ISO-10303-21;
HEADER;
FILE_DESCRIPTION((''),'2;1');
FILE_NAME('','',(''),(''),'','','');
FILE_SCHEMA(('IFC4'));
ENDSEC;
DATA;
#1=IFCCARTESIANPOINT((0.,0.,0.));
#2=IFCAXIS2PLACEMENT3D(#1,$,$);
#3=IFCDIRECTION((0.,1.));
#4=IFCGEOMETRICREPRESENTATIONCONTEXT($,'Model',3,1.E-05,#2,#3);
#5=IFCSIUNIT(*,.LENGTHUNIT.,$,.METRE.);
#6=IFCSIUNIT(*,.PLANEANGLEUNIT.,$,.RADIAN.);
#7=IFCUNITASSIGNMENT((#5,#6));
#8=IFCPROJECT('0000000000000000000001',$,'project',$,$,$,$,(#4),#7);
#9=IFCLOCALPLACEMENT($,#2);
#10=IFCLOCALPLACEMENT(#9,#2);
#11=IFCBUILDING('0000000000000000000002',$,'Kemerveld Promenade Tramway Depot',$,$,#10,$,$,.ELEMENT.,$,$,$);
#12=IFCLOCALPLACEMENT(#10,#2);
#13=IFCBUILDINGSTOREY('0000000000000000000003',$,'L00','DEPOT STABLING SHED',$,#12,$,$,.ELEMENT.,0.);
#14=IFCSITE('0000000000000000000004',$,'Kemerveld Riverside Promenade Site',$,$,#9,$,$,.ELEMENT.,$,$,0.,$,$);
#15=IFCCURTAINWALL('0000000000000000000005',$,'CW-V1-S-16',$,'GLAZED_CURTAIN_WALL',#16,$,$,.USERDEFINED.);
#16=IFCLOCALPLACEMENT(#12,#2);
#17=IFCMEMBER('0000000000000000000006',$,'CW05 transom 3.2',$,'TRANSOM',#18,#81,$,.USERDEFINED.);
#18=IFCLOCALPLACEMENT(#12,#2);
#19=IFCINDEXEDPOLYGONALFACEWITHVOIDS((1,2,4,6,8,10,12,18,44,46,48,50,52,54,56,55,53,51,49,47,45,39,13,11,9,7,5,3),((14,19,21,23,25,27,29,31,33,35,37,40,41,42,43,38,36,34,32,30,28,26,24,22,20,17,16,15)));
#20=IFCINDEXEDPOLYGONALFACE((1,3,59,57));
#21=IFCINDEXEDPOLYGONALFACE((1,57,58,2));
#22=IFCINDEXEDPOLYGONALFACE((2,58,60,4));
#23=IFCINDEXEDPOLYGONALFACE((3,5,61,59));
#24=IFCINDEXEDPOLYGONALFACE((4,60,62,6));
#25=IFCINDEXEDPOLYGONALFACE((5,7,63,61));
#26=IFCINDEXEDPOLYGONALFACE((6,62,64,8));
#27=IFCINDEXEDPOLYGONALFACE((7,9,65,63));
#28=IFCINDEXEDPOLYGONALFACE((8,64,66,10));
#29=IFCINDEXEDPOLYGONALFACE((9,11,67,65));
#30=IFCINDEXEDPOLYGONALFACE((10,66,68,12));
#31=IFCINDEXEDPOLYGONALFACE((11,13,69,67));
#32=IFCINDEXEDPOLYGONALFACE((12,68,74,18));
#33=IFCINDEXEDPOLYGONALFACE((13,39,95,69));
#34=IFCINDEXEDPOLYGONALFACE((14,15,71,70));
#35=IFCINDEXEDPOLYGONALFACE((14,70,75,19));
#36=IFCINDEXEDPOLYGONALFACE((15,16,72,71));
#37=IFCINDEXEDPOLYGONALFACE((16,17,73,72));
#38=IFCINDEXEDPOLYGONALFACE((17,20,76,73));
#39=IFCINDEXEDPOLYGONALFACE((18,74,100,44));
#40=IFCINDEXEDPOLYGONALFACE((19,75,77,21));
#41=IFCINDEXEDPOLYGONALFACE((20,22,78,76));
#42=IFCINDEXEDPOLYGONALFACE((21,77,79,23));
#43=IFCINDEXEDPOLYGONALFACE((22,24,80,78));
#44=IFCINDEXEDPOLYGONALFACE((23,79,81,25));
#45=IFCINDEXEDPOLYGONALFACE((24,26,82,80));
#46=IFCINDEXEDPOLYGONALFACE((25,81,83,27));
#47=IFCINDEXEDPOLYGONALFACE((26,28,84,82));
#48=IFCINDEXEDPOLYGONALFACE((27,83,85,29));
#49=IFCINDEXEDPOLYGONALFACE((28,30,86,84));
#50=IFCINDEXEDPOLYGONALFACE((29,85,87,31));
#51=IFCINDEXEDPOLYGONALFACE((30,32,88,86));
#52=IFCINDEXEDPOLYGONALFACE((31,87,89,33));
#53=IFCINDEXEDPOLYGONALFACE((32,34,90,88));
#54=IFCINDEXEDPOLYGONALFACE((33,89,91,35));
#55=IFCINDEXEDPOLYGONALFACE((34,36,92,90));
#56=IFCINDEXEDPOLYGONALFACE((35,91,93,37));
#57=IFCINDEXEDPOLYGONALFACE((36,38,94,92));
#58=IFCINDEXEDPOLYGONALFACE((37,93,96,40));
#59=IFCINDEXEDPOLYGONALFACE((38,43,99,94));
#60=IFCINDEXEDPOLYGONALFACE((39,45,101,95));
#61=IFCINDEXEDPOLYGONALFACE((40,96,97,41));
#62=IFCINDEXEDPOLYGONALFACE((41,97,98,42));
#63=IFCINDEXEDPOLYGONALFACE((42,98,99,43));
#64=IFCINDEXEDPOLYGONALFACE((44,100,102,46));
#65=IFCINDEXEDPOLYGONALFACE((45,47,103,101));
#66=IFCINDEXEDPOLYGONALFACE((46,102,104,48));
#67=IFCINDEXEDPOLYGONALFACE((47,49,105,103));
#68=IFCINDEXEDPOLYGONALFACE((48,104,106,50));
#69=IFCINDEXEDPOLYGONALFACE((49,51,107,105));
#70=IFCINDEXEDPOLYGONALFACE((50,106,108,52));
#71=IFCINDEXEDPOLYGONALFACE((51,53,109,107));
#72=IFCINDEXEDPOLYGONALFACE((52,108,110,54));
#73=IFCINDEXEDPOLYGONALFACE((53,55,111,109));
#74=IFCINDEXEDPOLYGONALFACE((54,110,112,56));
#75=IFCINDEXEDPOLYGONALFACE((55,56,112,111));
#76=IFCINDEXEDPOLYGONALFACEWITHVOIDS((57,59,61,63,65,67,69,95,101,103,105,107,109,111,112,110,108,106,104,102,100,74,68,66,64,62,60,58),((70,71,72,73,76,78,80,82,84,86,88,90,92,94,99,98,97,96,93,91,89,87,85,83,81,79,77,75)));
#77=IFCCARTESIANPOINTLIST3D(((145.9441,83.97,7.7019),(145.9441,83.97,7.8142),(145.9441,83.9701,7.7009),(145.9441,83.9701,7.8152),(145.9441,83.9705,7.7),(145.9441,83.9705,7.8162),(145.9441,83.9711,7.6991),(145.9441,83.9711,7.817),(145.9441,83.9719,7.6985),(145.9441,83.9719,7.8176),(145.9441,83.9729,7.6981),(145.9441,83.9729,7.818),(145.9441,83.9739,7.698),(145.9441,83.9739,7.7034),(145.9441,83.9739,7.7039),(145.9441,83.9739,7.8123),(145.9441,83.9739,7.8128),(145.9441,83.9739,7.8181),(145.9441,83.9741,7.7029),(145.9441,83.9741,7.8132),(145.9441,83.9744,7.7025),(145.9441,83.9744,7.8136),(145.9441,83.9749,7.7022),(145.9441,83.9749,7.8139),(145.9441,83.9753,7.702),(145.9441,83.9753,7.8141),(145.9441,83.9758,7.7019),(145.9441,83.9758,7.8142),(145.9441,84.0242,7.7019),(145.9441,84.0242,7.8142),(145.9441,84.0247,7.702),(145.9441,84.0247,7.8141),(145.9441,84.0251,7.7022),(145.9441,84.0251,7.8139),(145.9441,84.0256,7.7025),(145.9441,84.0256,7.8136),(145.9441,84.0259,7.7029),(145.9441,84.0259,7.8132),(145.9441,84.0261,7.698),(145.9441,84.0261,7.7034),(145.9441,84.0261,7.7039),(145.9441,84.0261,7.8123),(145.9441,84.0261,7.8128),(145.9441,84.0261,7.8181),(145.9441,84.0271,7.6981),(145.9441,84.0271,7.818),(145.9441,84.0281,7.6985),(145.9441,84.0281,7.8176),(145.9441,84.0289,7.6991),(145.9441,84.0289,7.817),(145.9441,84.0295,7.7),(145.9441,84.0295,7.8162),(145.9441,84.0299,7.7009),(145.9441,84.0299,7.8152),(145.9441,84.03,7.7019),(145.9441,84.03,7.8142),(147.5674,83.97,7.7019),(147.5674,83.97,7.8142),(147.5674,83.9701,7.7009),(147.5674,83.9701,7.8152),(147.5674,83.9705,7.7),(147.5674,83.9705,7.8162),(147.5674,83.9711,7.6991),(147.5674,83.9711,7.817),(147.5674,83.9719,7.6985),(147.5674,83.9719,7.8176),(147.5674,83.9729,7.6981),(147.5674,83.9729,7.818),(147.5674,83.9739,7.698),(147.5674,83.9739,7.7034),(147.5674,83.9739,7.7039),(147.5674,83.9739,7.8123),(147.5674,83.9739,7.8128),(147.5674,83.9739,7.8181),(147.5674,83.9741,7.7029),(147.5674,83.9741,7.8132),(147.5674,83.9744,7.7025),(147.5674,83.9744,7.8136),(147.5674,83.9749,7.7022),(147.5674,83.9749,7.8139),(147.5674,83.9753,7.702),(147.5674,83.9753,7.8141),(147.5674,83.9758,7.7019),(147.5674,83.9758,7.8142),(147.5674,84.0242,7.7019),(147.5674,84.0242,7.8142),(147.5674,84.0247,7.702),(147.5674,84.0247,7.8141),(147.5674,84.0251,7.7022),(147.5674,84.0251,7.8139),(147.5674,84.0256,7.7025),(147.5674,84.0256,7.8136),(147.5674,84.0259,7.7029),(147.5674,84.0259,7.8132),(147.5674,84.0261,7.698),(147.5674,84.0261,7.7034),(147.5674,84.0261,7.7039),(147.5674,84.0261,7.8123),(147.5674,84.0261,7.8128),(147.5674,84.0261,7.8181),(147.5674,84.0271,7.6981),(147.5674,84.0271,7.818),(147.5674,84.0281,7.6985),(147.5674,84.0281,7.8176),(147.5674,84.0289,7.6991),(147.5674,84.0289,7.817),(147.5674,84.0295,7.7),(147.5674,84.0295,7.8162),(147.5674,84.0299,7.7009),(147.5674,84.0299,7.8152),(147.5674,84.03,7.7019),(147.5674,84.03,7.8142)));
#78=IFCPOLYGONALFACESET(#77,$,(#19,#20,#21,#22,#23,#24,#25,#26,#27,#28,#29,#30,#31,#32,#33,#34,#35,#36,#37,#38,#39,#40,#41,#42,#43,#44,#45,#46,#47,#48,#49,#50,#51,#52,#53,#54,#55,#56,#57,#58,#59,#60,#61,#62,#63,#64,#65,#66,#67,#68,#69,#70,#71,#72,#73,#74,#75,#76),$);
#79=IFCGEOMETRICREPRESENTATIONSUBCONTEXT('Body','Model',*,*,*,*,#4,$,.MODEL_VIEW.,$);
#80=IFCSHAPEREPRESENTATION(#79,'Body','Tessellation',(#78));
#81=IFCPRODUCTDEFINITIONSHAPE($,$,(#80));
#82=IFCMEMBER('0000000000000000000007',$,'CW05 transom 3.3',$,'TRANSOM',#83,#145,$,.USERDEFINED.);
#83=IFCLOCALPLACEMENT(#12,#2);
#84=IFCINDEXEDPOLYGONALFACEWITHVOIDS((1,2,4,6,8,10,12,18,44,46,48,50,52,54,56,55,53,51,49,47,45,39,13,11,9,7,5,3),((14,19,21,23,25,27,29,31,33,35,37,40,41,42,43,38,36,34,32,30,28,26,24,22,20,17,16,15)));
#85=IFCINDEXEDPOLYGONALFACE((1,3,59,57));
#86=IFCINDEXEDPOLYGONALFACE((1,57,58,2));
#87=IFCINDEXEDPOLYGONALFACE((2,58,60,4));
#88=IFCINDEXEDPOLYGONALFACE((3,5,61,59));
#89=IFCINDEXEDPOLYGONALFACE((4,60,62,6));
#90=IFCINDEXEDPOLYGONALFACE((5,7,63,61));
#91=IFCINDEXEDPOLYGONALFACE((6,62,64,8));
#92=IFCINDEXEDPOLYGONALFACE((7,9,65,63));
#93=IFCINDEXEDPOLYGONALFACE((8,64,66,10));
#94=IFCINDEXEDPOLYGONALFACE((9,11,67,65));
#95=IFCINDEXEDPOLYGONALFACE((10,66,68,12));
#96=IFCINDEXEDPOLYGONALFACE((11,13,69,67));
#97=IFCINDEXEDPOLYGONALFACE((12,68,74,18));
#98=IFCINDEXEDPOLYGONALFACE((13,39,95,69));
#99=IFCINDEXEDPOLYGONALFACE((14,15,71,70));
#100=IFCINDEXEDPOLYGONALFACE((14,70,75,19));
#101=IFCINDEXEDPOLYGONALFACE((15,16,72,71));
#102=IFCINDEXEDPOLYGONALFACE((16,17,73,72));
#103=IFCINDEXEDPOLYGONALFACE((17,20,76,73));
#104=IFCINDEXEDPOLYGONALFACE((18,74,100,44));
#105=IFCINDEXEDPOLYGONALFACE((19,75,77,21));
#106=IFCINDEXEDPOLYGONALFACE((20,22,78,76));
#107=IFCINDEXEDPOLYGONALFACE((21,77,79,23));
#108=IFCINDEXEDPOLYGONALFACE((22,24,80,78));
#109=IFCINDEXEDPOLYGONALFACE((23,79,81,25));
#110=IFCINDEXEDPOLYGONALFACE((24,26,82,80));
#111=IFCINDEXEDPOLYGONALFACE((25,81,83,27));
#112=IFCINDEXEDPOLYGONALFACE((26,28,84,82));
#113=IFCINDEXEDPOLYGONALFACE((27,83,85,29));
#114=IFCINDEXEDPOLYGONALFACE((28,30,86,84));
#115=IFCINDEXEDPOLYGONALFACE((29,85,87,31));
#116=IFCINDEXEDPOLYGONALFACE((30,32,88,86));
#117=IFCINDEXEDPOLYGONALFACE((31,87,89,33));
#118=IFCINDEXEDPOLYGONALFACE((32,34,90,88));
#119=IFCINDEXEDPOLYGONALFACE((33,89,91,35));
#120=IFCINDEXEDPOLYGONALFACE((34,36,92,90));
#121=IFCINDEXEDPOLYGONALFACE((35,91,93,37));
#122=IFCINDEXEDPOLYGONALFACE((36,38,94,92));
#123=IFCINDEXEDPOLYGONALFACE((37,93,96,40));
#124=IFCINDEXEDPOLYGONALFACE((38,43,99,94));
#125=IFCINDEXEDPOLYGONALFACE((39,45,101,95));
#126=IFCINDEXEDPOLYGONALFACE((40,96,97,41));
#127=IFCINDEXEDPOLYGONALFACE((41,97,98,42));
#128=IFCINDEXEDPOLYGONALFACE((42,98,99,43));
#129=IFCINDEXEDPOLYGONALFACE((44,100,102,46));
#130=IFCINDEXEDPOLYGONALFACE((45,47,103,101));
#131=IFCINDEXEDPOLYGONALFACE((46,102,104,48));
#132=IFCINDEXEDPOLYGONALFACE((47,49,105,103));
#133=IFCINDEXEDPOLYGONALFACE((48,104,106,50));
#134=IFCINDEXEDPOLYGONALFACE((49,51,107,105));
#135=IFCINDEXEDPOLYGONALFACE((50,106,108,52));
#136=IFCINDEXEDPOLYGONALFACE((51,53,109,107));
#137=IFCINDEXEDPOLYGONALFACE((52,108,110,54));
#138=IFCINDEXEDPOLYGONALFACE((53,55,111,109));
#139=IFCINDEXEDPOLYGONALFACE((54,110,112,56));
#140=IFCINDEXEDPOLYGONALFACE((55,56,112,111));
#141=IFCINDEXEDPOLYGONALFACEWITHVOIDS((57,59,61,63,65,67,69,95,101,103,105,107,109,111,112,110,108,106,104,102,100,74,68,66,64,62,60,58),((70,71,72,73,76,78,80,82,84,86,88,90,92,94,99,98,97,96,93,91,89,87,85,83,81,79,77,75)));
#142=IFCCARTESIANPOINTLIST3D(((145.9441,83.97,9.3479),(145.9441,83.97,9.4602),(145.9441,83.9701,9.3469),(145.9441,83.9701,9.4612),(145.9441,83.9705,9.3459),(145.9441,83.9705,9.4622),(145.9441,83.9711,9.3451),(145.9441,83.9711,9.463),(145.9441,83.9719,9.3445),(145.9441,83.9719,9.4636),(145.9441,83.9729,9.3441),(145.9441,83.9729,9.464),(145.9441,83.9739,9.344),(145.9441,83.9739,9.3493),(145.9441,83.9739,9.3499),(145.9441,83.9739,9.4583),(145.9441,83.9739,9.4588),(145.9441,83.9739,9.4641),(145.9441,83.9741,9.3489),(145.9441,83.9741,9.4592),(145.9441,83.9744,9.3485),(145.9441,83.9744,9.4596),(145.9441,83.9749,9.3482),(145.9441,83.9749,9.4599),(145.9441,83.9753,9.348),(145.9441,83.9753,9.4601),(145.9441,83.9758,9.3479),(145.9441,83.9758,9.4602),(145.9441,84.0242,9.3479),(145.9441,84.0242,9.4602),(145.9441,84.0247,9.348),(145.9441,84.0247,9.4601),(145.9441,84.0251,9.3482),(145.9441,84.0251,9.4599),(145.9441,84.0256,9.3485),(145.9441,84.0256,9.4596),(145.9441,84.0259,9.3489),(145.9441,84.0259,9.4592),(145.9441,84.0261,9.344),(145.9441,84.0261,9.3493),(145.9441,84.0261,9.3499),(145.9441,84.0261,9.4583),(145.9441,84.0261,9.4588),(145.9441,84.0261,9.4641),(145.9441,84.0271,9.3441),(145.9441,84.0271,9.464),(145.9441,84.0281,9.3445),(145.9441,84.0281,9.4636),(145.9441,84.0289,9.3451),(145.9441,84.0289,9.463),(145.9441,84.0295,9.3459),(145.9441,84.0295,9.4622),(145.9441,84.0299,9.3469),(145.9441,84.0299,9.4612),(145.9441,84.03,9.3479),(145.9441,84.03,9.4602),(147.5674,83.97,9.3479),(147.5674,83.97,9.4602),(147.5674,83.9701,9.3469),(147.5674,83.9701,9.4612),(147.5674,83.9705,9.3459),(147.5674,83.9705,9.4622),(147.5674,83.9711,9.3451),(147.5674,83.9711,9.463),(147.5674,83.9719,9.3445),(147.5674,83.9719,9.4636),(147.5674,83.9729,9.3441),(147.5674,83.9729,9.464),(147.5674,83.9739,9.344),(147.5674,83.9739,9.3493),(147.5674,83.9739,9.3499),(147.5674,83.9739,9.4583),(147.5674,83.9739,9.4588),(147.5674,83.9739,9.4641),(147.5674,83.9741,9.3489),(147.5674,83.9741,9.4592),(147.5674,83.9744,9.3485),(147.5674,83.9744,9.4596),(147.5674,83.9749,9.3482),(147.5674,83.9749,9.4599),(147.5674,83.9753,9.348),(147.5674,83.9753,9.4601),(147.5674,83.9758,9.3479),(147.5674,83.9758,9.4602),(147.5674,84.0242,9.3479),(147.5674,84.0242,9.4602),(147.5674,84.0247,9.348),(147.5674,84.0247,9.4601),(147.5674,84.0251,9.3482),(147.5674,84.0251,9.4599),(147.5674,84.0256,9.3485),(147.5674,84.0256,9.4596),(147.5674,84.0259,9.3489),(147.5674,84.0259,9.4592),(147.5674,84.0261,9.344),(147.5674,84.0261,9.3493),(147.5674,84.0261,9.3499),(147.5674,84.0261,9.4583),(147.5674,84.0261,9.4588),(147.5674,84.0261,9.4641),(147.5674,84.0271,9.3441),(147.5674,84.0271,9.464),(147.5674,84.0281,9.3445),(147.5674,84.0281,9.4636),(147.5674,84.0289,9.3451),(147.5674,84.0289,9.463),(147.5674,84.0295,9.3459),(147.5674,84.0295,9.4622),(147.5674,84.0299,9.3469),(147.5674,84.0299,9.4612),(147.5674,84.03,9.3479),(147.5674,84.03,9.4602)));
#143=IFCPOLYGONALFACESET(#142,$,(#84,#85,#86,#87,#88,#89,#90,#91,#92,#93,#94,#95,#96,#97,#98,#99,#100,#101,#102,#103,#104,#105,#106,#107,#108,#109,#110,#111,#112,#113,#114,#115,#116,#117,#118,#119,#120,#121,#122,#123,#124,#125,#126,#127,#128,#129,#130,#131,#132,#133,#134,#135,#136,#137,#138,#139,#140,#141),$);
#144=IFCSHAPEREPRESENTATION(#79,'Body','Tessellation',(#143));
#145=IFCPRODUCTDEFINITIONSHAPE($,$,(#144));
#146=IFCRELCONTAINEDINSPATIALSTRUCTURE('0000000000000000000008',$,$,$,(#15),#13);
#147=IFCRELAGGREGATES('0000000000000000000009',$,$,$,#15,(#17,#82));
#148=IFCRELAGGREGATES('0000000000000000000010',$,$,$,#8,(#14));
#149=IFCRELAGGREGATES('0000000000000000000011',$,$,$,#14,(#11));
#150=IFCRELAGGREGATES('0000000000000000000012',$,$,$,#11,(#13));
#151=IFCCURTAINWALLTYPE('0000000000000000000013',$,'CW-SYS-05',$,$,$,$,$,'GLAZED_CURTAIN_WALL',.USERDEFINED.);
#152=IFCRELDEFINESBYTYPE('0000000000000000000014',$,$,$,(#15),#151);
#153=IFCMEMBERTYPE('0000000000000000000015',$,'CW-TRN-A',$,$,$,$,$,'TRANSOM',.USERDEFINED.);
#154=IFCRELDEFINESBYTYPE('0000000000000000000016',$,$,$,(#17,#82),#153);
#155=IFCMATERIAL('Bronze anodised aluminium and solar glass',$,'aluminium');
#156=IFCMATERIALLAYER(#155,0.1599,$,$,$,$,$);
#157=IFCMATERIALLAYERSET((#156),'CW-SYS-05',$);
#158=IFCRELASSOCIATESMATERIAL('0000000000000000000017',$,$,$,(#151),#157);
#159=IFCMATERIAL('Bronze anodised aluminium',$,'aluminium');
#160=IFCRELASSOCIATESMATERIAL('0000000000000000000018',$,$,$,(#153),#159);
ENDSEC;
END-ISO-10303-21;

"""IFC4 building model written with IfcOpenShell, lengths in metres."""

from ifc_helpers import new_model, si_unit, direction, frame, origin, origin_2d, place, context, subcontext, project, spatial, hollow_rectangle, extrude, material, layer, layer_set, material_profile, profile_set, type_object, element, aggregate, save


model = new_model("IFC4")

# Units and contexts
model_context = context("Model", 3, precision=1e-05, world=origin(), true_north=direction((0.0, 1.0)))
body_context = subcontext(model_context, "Body", "Model", "MODEL_VIEW")
ifc_project = project(units=[si_unit("LENGTHUNIT", "METRE"), si_unit("PLANEANGLEUNIT", "RADIAN")], contexts=[model_context])

# Site, building, storey
site_placement = place(None, origin())
site = spatial("IfcSite", under=ifc_project, at=site_placement, Name="Kemerveld Riverside Promenade Site", CompositionType="ELEMENT", RefElevation=0.0)
building_placement = place(site_placement, origin())
building = spatial("IfcBuilding", under=site, at=building_placement, Name="Kemerveld Promenade Tramway Depot", CompositionType="ELEMENT")
storey_placement = place(building_placement, origin())
storey = spatial("IfcBuildingStorey", under=building, at=storey_placement, Name="L00", Description="DEPOT STABLING SHED", CompositionType="ELEMENT", Elevation=0.0)

# Curtain wall, members
ifc_material_1 = material(Name="Bronze anodised aluminium and solar glass", Category="aluminium")
ifc_layer_1 = layer(ifc_material_1, 0.1599)
ifc_layer_set_1 = layer_set([ifc_layer_1], Name="CW-SYS-05")
curtain_wall_type = type_object("IfcCurtainWallType", Name="CW-SYS-05", ElementType="GLAZED_CURTAIN_WALL", PredefinedType="USERDEFINED", material=ifc_layer_set_1)
curtain_wall_placement = place(storey_placement, origin())
curtain_wall = element("IfcCurtainWall", 1, at=curtain_wall_placement, inside=storey, type_object=curtain_wall_type, Name="CW-V1-S-16", ObjectType="GLAZED_CURTAIN_WALL", PredefinedType="USERDEFINED")
ifc_material_2 = material(Name="Bronze anodised aluminium", Category="aluminium")
ifc_material_profile_1 = material_profile(ifc_material_2, hollow_rectangle(XDim=0.0601, YDim=0.1201, WallThickness=0.0039, InnerFilletRadius=0.002, OuterFilletRadius=0.0039, at=origin_2d()), Name="CW-TRN-120x60")
ifc_profile_set_1 = profile_set([ifc_material_profile_1], Name="Bronze anodised aluminium")
member_type_1 = type_object("IfcMemberType", Name="CW-TRN-A", ElementType="TRANSOM", PredefinedType="USERDEFINED", material=ifc_profile_set_1)
member_1_placement = place(storey_placement, frame((147.5674, 84.0, 7.7581), z_axis=(-1.0, 0.0, 0.0), x_axis=(0.0, -1.0, 0.0)))
member_1 = element("IfcMember", 2, at=member_1_placement, type_object=member_type_1, Name="CW05 transom 3.2", ObjectType="TRANSOM", PredefinedType="USERDEFINED", context=body_context, shape_type="SweptSolid", body=[
    extrude(hollow_rectangle(XDim=0.0601, YDim=0.1201, WallThickness=0.0039, InnerFilletRadius=0.002, OuterFilletRadius=0.0039, at=origin_2d()), origin(), (0.0, 0.0, 1.0), 1.6233),
])
member_2_placement = place(storey_placement, frame((147.5674, 84.0, 9.4041), z_axis=(-1.0, 0.0, 0.0), x_axis=(0.0, -1.0, 0.0)))
member_2 = element("IfcMember", 3, at=member_2_placement, type_object=member_type_1, Name="CW05 transom 3.3", ObjectType="TRANSOM", PredefinedType="USERDEFINED", context=body_context, shape_type="SweptSolid", body=[
    extrude(hollow_rectangle(XDim=0.0601, YDim=0.1201, WallThickness=0.0039, InnerFilletRadius=0.002, OuterFilletRadius=0.0039, at=origin_2d()), origin(), (0.0, 0.0, 1.0), 1.6233),
])

aggregate(curtain_wall, [member_1, member_2])

save(model, "model.ifc")
